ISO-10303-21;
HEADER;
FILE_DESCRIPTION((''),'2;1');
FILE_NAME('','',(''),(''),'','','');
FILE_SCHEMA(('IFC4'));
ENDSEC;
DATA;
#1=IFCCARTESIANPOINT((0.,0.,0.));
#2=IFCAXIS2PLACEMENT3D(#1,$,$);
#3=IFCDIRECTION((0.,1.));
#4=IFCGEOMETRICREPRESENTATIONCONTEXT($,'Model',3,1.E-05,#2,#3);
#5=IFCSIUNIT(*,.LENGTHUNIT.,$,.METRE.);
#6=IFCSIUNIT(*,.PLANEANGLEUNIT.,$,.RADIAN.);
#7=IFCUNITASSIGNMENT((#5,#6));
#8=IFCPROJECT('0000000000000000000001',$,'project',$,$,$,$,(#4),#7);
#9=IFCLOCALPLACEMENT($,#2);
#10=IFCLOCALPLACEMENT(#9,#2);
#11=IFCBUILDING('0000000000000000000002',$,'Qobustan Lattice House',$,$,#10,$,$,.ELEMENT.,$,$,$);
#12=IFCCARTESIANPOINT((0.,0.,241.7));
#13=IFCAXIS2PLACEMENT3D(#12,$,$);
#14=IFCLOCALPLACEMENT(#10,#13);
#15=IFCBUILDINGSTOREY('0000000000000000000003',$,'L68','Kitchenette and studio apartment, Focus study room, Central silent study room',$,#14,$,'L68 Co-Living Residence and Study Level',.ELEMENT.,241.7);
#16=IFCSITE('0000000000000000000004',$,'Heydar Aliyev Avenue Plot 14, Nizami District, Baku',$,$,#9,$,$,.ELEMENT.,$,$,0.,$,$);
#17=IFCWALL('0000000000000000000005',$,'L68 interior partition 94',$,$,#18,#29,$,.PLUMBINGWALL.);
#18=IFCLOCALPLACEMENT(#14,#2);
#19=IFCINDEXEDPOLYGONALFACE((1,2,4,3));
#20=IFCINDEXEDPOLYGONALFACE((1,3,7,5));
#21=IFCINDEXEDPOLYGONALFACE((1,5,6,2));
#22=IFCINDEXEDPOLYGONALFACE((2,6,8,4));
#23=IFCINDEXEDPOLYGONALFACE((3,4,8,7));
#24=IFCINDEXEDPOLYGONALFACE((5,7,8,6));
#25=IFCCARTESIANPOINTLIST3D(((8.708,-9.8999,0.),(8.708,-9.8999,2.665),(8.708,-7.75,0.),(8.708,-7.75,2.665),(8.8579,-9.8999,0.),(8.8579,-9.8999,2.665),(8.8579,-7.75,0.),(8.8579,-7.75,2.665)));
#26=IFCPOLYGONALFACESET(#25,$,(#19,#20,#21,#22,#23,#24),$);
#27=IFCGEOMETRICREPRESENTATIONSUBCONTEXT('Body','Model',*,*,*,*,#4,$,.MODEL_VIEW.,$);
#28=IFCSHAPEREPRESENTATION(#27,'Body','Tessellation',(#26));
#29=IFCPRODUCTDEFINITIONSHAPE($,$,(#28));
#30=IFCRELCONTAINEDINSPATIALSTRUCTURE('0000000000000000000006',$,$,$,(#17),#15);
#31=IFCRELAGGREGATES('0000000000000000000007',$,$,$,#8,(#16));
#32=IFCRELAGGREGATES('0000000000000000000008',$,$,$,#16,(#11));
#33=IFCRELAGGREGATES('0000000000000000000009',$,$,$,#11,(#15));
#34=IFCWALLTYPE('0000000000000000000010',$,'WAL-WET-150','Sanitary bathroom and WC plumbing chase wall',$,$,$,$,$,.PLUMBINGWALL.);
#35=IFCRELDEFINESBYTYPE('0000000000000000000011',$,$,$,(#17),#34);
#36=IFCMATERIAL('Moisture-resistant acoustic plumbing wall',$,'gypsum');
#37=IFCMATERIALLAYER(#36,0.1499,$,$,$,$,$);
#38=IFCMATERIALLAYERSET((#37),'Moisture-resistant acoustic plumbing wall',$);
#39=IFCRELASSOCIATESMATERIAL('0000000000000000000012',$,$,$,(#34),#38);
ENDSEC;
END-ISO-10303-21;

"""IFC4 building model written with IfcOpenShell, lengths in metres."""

from ifc_helpers import new_model, si_unit, direction, frame, frame_2d, origin, place, context, subcontext, project, spatial, rectangle, extrude, material, layer, layer_set, type_object, element, save


model = new_model("IFC4")

# Units and contexts
model_context = context("Model", 3, precision=1e-05, world=origin(), true_north=direction((0.0, 1.0)))
body_context = subcontext(model_context, "Body", "Model", "MODEL_VIEW")
ifc_project = project(units=[si_unit("LENGTHUNIT", "METRE"), si_unit("PLANEANGLEUNIT", "RADIAN")], contexts=[model_context])

# Site, building, storey
site_placement = place(None, origin())
site = spatial("IfcSite", under=ifc_project, at=site_placement, Name="Heydar Aliyev Avenue Plot 14, Nizami District, Baku", CompositionType="ELEMENT", RefElevation=0.0)
building_placement = place(site_placement, origin())
building = spatial("IfcBuilding", under=site, at=building_placement, Name="Qobustan Lattice House", CompositionType="ELEMENT")
storey_placement = place(building_placement, frame((0.0, 0.0, 241.7)))
storey = spatial("IfcBuildingStorey", under=building, at=storey_placement, Name="L68", Description="Kitchenette and studio apartment, Focus study room, Central silent study room", LongName="L68 Co-Living Residence and Study Level", CompositionType="ELEMENT", Elevation=241.7)

# Shared definitions
ifc_material_1 = material(Name="Moisture-resistant acoustic plumbing wall", Category="gypsum")
ifc_layer_1 = layer(ifc_material_1, 0.1499)
ifc_layer_set_1 = layer_set([ifc_layer_1], Name="Moisture-resistant acoustic plumbing wall")
wall_type_1 = type_object("IfcWallType", Name="WAL-WET-150", Description="Sanitary bathroom and WC plumbing chase wall", PredefinedType="PLUMBINGWALL", material=ifc_layer_set_1)

# Wall
wall_1_placement = place(storey_placement, frame((8.783, -9.8999, 0.0), z_axis=(0.0, 0.0, 1.0), x_axis=(0.0, 1.0, 0.0)))
element("IfcWall", 1, at=wall_1_placement, inside=storey, type_object=wall_type_1, Name="L68 interior partition 94", PredefinedType="PLUMBINGWALL", context=body_context, shape_type="SweptSolid", body=[
    extrude(rectangle(XDim=2.1499, YDim=0.1499, at=frame_2d((1.075, 0.0))), origin(), (0.0, 0.0, 1.0), 2.665),
])

save(model, "model.ifc")
